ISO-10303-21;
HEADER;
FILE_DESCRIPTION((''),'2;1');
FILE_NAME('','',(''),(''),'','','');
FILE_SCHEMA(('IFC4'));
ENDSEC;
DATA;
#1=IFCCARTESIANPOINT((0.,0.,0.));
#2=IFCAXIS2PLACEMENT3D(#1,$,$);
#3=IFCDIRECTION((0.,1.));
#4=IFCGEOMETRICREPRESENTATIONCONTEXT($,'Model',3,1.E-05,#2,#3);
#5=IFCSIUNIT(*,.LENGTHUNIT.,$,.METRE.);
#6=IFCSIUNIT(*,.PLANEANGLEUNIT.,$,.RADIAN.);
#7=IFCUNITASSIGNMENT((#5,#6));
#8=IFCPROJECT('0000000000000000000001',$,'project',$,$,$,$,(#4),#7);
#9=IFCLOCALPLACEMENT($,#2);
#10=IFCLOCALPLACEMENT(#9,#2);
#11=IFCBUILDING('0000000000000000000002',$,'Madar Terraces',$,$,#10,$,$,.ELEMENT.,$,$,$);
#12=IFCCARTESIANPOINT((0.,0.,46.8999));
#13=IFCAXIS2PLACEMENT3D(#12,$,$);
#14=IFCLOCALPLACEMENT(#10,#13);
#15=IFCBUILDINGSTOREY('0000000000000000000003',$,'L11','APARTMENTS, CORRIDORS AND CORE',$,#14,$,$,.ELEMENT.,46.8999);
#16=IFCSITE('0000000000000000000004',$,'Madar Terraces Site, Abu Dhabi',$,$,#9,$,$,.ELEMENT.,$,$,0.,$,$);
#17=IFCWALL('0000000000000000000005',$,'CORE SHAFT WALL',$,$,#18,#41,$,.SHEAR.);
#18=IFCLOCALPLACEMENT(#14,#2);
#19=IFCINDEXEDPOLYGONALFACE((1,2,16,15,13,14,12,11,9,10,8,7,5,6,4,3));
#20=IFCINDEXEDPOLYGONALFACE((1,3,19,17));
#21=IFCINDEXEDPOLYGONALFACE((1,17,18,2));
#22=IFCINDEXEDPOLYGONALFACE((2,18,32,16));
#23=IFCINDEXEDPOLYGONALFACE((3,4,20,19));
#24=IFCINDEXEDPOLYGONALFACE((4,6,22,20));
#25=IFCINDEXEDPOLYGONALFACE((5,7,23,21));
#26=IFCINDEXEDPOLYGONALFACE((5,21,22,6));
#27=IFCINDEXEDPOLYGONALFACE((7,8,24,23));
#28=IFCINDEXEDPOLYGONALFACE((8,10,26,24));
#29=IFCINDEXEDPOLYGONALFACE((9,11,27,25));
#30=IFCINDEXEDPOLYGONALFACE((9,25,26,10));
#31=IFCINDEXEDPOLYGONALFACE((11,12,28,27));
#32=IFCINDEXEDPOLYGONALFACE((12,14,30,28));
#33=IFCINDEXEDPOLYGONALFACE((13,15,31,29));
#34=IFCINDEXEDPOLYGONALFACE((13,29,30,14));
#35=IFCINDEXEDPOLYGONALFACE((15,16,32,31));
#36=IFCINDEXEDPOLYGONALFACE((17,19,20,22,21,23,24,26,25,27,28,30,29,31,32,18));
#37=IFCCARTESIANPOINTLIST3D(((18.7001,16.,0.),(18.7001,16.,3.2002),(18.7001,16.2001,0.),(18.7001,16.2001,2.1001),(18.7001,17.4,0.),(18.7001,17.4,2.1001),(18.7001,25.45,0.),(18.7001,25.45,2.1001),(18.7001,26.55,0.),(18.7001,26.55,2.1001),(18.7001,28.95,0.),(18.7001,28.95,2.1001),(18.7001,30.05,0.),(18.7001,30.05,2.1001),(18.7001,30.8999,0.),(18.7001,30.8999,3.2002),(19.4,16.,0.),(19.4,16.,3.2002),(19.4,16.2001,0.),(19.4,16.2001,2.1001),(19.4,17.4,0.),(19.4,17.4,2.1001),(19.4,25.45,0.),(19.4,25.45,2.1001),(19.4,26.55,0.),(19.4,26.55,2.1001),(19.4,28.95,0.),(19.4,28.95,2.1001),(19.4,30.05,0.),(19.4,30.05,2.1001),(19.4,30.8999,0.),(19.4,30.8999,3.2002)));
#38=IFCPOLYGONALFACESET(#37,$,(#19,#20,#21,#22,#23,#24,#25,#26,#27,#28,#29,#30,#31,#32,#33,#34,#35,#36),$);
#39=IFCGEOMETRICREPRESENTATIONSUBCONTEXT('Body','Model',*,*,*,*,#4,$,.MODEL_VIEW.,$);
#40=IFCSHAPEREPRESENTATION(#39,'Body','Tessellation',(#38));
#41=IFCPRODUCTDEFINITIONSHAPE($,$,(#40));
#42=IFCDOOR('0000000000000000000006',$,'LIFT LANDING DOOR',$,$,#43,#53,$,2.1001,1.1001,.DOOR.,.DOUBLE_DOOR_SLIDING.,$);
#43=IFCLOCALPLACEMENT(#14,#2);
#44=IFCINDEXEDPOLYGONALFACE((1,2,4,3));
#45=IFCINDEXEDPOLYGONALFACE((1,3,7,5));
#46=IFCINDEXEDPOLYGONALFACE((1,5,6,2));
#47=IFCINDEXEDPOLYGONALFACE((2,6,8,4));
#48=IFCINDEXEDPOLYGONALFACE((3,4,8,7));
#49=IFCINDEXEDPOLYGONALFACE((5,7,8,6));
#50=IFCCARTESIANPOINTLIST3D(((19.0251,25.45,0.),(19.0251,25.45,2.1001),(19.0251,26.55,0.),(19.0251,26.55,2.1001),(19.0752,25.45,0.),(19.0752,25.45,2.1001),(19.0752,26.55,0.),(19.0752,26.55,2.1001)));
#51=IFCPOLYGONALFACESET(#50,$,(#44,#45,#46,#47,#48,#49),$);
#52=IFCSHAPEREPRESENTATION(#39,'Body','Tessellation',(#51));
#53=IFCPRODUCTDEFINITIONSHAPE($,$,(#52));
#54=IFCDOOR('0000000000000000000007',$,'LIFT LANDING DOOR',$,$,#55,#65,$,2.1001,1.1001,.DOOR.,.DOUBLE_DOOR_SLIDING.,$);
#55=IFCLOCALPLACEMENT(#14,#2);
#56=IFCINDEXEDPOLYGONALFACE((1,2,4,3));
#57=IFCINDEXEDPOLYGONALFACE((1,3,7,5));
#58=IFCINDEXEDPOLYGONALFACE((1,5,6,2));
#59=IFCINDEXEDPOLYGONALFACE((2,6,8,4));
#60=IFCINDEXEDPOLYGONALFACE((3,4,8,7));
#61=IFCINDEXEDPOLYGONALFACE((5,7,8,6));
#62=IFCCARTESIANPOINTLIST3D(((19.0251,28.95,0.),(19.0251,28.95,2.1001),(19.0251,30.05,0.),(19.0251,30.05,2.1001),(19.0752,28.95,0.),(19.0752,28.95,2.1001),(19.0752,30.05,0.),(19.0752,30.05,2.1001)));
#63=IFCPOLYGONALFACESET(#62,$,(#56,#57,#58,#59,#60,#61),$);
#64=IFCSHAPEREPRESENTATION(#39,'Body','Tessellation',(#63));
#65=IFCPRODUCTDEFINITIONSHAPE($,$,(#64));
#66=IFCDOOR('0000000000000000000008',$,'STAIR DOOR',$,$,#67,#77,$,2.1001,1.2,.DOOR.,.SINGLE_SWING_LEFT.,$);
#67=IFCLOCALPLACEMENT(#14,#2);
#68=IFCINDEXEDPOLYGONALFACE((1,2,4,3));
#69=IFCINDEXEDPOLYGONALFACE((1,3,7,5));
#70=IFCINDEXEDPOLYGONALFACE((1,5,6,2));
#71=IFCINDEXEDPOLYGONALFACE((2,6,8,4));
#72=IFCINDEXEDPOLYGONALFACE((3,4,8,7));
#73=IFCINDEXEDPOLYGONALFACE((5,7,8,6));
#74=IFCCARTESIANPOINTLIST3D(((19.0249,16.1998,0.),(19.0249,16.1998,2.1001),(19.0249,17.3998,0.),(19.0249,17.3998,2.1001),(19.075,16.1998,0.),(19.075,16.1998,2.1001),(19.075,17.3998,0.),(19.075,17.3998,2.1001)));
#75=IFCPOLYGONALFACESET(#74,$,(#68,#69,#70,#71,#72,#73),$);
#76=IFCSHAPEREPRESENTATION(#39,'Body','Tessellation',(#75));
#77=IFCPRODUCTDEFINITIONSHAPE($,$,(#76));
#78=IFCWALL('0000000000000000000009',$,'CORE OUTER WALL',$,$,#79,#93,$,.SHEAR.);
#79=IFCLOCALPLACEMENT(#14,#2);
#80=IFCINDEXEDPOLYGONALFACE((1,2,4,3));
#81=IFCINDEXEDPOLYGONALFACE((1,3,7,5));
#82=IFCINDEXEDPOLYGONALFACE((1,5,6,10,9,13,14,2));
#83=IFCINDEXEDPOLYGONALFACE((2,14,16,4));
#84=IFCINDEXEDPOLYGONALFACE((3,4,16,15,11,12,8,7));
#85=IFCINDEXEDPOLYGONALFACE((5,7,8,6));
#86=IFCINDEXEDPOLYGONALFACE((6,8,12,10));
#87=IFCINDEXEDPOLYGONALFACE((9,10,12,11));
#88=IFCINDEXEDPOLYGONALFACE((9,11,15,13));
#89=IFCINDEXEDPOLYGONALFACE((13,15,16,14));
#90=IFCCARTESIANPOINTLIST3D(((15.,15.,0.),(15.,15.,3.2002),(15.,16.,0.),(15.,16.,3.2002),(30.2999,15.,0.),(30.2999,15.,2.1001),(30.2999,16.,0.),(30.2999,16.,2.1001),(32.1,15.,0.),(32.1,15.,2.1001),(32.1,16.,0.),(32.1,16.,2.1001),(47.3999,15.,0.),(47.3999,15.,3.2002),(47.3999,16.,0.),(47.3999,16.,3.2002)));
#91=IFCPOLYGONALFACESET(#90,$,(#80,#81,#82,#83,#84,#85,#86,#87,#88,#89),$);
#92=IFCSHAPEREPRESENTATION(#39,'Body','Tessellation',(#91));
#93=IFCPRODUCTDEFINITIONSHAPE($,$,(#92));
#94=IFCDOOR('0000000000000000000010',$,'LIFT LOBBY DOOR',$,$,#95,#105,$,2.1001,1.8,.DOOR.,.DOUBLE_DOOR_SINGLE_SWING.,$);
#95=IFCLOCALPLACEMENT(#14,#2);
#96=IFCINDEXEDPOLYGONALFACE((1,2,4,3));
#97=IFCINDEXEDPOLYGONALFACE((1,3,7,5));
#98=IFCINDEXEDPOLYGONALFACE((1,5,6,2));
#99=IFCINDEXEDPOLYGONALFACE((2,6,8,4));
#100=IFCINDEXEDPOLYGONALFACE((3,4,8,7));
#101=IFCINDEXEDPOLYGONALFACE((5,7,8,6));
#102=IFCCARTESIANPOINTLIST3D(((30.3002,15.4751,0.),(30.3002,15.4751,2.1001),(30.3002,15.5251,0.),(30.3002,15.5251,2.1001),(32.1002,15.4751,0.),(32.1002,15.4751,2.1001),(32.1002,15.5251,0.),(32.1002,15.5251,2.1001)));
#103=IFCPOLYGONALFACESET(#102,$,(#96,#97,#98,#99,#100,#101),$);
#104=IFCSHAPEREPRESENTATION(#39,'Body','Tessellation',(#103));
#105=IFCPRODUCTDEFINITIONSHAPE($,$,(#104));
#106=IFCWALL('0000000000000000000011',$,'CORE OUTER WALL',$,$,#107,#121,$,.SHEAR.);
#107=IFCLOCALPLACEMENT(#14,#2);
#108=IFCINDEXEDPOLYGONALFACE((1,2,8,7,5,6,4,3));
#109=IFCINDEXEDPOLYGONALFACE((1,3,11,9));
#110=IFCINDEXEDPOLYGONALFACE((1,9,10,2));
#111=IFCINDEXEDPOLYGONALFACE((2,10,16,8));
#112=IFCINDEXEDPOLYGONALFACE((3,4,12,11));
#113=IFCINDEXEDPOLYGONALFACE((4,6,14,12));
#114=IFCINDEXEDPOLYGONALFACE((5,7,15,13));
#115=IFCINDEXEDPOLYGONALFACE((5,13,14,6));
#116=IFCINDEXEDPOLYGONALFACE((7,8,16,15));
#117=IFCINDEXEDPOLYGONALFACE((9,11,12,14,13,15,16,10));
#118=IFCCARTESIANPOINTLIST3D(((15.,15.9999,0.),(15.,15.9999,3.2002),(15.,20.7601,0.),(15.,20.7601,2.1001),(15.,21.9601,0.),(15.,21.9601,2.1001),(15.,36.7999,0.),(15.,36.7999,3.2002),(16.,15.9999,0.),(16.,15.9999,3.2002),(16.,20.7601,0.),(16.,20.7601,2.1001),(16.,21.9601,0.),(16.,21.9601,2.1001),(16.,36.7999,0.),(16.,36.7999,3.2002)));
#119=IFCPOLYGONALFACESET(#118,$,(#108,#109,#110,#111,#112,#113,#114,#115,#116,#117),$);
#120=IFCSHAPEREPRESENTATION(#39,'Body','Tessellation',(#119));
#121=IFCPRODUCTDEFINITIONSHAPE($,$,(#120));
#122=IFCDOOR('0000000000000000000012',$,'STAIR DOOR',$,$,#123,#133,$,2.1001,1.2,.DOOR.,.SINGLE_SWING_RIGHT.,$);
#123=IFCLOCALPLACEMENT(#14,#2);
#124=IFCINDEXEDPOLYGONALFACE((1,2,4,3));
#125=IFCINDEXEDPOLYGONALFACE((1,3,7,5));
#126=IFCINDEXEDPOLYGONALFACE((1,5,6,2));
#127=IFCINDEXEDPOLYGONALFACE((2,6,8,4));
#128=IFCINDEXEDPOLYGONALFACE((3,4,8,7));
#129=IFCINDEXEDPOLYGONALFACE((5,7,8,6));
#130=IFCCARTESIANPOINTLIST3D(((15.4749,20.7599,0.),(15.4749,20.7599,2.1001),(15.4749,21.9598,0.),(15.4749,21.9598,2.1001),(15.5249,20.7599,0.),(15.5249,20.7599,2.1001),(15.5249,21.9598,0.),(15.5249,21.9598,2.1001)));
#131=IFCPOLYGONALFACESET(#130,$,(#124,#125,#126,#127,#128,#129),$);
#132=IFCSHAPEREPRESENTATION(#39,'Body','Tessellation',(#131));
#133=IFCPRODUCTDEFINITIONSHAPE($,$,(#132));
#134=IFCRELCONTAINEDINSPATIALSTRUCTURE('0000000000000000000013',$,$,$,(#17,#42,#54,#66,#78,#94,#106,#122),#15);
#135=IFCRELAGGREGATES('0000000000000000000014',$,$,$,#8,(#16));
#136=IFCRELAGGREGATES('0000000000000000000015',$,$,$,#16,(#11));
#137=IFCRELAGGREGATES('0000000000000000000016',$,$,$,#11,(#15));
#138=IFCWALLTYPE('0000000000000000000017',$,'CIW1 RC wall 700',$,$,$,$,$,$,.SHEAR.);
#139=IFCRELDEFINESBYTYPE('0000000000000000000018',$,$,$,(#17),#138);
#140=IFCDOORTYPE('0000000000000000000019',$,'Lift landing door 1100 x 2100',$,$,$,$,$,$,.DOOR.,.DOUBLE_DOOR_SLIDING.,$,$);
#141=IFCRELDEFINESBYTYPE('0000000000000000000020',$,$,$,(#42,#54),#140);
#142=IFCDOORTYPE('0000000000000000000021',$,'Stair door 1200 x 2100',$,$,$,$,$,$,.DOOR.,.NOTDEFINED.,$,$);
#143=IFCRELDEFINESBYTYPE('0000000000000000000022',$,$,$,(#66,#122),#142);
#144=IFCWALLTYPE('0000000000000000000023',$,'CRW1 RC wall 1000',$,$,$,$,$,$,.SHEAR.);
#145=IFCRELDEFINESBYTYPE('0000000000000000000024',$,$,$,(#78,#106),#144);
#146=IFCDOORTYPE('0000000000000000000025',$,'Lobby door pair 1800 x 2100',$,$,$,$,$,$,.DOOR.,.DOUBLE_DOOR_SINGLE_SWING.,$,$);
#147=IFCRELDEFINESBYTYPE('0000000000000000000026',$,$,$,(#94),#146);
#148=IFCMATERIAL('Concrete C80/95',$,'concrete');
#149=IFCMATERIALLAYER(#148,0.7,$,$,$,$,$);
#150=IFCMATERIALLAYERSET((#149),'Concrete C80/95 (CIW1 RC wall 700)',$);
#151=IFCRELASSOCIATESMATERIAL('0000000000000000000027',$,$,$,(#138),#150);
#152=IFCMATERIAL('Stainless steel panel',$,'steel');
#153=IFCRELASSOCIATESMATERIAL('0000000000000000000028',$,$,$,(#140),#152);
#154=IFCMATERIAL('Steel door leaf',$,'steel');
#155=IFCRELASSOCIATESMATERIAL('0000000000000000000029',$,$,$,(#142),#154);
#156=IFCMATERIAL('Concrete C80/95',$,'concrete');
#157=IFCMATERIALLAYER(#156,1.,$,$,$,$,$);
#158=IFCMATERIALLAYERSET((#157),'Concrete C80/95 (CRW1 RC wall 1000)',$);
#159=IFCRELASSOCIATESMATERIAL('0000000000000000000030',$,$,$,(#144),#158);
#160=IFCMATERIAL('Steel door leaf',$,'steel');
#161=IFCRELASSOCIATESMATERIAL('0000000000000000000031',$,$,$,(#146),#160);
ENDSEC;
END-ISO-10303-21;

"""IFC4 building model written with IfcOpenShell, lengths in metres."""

from ifc_helpers import new_model, si_unit, direction, frame, frame_2d, origin, place, context, subcontext, project, spatial, rectangle, extrude, material, layer, layer_set, type_object, element, fill, save


model = new_model("IFC4")

# Units and contexts
model_context = context("Model", 3, precision=1e-05, world=origin(), true_north=direction((0.0, 1.0)))
body_context = subcontext(model_context, "Body", "Model", "MODEL_VIEW")
ifc_project = project(units=[si_unit("LENGTHUNIT", "METRE"), si_unit("PLANEANGLEUNIT", "RADIAN")], contexts=[model_context])

# Site, building, storey
site_placement = place(None, origin())
site = spatial("IfcSite", under=ifc_project, at=site_placement, Name="Madar Terraces Site, Abu Dhabi", CompositionType="ELEMENT", RefElevation=0.0)
building_placement = place(site_placement, origin())
building = spatial("IfcBuilding", under=site, at=building_placement, Name="Madar Terraces", CompositionType="ELEMENT")
storey_placement = place(building_placement, frame((0.0, 0.0, 46.8999)))
storey = spatial("IfcBuildingStorey", under=building, at=storey_placement, Name="L11", Description="APARTMENTS, CORRIDORS AND CORE", CompositionType="ELEMENT", Elevation=46.8999)

# Wall, openings, doors
ifc_material_1 = material(Name="Concrete C80/95", Category="concrete")
ifc_layer_1 = layer(ifc_material_1, 0.7)
ifc_layer_set_1 = layer_set([ifc_layer_1], Name="Concrete C80/95 (CIW1 RC wall 700)")
wall_type_1 = type_object("IfcWallType", Name="CIW1 RC wall 700", PredefinedType="SHEAR", material=ifc_layer_set_1)
wall_1_placement = place(storey_placement, frame((19.05, 16.0, 0.0), z_axis=(0.0, 0.0, 1.0), x_axis=(0.0, 1.0, 0.0)))
wall_1 = element("IfcWall", 1, at=wall_1_placement, inside=storey, type_object=wall_type_1, Name="CORE SHAFT WALL", PredefinedType="SHEAR", context=body_context, shape_type="SweptSolid", body=[
    extrude(rectangle(XDim=14.8999, YDim=0.7, at=frame_2d((7.45, 0.0))), origin(), (0.0, 0.0, 1.0), 3.2002),
])
opening_1_placement = place(wall_1_placement, frame((9.45, 0.0, 0.0)))
opening_1 = element("IfcOpeningElement", 2, at=opening_1_placement, cuts=wall_1, PredefinedType="OPENING", context=body_context, shape_type="SweptSolid", body=[
    extrude(rectangle(XDim=1.1001, YDim=2.1001, at=frame_2d((0.55, 1.05))), frame((0.0, 0.3599, 0.0), z_axis=(0.0, -1.0, 0.0), x_axis=(1.0, 0.0, 0.0)), (0.0, 0.0, 1.0), 0.72),
])
opening_2_placement = place(wall_1_placement, frame((12.95, 0.0, 0.0)))
opening_2 = element("IfcOpeningElement", 3, at=opening_2_placement, cuts=wall_1, PredefinedType="OPENING", context=body_context, shape_type="SweptSolid", body=[
    extrude(rectangle(XDim=1.1001, YDim=2.1001, at=frame_2d((0.55, 1.05))), frame((0.0, 0.3599, 0.0), z_axis=(0.0, -1.0, 0.0), x_axis=(1.0, 0.0, 0.0)), (0.0, 0.0, 1.0), 0.72),
])
opening_3_placement = place(wall_1_placement, frame((0.2, 0.0, 0.0)))
opening_3 = element("IfcOpeningElement", 4, at=opening_3_placement, cuts=wall_1, PredefinedType="OPENING", context=body_context, shape_type="SweptSolid", body=[
    extrude(rectangle(XDim=1.2, YDim=2.1001, at=frame_2d((0.6001, 1.05))), frame((0.0, 0.3599, 0.0), z_axis=(0.0, -1.0, 0.0), x_axis=(1.0, 0.0, 0.0)), (0.0, 0.0, 1.0), 0.72),
])
ifc_material_2 = material(Name="Stainless steel panel", Category="steel")
door_type_1 = type_object("IfcDoorType", Name="Lift landing door 1100 x 2100", OperationType="DOUBLE_DOOR_SLIDING", PredefinedType="DOOR", material=ifc_material_2)
door_1_placement = place(opening_1_placement, origin())
door_1 = element("IfcDoor", 5, at=door_1_placement, inside=storey, type_object=door_type_1, Name="LIFT LANDING DOOR", OperationType="DOUBLE_DOOR_SLIDING", OverallHeight=2.1001, OverallWidth=1.1001, PredefinedType="DOOR", context=body_context, shape_type="SweptSolid", body=[
    extrude(rectangle(XDim=1.1001, YDim=2.1001, at=frame_2d((0.55, 1.05))), frame((0.0, 0.0249, 0.0), z_axis=(0.0, -1.0, 0.0), x_axis=(1.0, 0.0, 0.0)), (0.0, 0.0, 1.0), 0.05),
])
fill(opening_1, door_1)
door_2_placement = place(opening_2_placement, origin())
door_2 = element("IfcDoor", 6, at=door_2_placement, inside=storey, type_object=door_type_1, Name="LIFT LANDING DOOR", OperationType="DOUBLE_DOOR_SLIDING", OverallHeight=2.1001, OverallWidth=1.1001, PredefinedType="DOOR", context=body_context, shape_type="SweptSolid", body=[
    extrude(rectangle(XDim=1.1001, YDim=2.1001, at=frame_2d((0.55, 1.05))), frame((0.0, 0.0249, 0.0), z_axis=(0.0, -1.0, 0.0), x_axis=(1.0, 0.0, 0.0)), (0.0, 0.0, 1.0), 0.05),
])
fill(opening_2, door_2)
ifc_material_3 = material(Name="Steel door leaf", Category="steel")
door_type_2 = type_object("IfcDoorType", Name="Stair door 1200 x 2100", OperationType="NOTDEFINED", PredefinedType="DOOR", material=ifc_material_3)
door_3_placement = place(opening_3_placement, frame((1.2, 0.0, 0.0), z_axis=(0.0, 0.0, 1.0), x_axis=(-1.0, 0.0, 0.0)))
door_3 = element("IfcDoor", 7, at=door_3_placement, inside=storey, type_object=door_type_2, Name="STAIR DOOR", OperationType="SINGLE_SWING_LEFT", OverallHeight=2.1001, OverallWidth=1.2, PredefinedType="DOOR", context=body_context, shape_type="SweptSolid", body=[
    extrude(rectangle(XDim=1.2, YDim=2.1001, at=frame_2d((0.6001, 1.05))), frame((0.0, 0.0249, 0.0), z_axis=(0.0, -1.0, 0.0), x_axis=(1.0, 0.0, 0.0)), (0.0, 0.0, 1.0), 0.05),
])
fill(opening_3, door_3)

# Walls, openings, doors
ifc_material_4 = material(Name="Concrete C80/95", Category="concrete")
ifc_layer_2 = layer(ifc_material_4, 1.0)
ifc_layer_set_2 = layer_set([ifc_layer_2], Name="Concrete C80/95 (CRW1 RC wall 1000)")
wall_type_2 = type_object("IfcWallType", Name="CRW1 RC wall 1000", PredefinedType="SHEAR", material=ifc_layer_set_2)
wall_2_placement = place(storey_placement, frame((15.0, 15.5, 0.0), z_axis=(0.0, 0.0, 1.0), x_axis=(1.0, 0.0, 0.0)))
wall_2 = element("IfcWall", 8, at=wall_2_placement, inside=storey, type_object=wall_type_2, Name="CORE OUTER WALL", PredefinedType="SHEAR", context=body_context, shape_type="SweptSolid", body=[
    extrude(rectangle(XDim=32.3999, YDim=1.0, at=frame_2d((16.2, 0.0))), origin(), (0.0, 0.0, 1.0), 3.2002),
])
opening_4_placement = place(wall_2_placement, frame((15.3, 0.0, 0.0)))
opening_4 = element("IfcOpeningElement", 9, at=opening_4_placement, cuts=wall_2, PredefinedType="OPENING", context=body_context, shape_type="SweptSolid", body=[
    extrude(rectangle(XDim=1.8, YDim=2.1001, at=frame_2d((0.8999, 1.05))), frame((0.0, 0.51, 0.0), z_axis=(0.0, -1.0, 0.0), x_axis=(1.0, 0.0, 0.0)), (0.0, 0.0, 1.0), 1.02),
])
ifc_material_5 = material(Name="Steel door leaf", Category="steel")
door_type_3 = type_object("IfcDoorType", Name="Lobby door pair 1800 x 2100", OperationType="DOUBLE_DOOR_SINGLE_SWING", PredefinedType="DOOR", material=ifc_material_5)
door_4_placement = place(opening_4_placement, frame((1.8, 0.0, 0.0), z_axis=(0.0, 0.0, 1.0), x_axis=(-1.0, 0.0, 0.0)))
door_4 = element("IfcDoor", 10, at=door_4_placement, inside=storey, type_object=door_type_3, Name="LIFT LOBBY DOOR", OperationType="DOUBLE_DOOR_SINGLE_SWING", OverallHeight=2.1001, OverallWidth=1.8, PredefinedType="DOOR", context=body_context, shape_type="SweptSolid", body=[
    extrude(rectangle(XDim=1.8, YDim=2.1001, at=frame_2d((0.8999, 1.05))), frame((0.0, 0.0249, 0.0), z_axis=(0.0, -1.0, 0.0), x_axis=(1.0, 0.0, 0.0)), (0.0, 0.0, 1.0), 0.05),
])
fill(opening_4, door_4)
wall_3_placement = place(storey_placement, frame((15.5, 16.0, 0.0), z_axis=(0.0, 0.0, 1.0), x_axis=(0.0, 1.0, 0.0)))
wall_3 = element("IfcWall", 11, at=wall_3_placement, inside=storey, type_object=wall_type_2, Name="CORE OUTER WALL", PredefinedType="SHEAR", context=body_context, shape_type="SweptSolid", body=[
    extrude(rectangle(XDim=20.8, YDim=1.0, at=frame_2d((10.3999, 0.0))), origin(), (0.0, 0.0, 1.0), 3.2002),
])
opening_5_placement = place(wall_3_placement, frame((4.76, 0.0, 0.0)))
opening_5 = element("IfcOpeningElement", 12, at=opening_5_placement, cuts=wall_3, PredefinedType="OPENING", context=body_context, shape_type="SweptSolid", body=[
    extrude(rectangle(XDim=1.2, YDim=2.1001, at=frame_2d((0.6001, 1.05))), frame((0.0, 0.51, 0.0), z_axis=(0.0, -1.0, 0.0), x_axis=(1.0, 0.0, 0.0)), (0.0, 0.0, 1.0), 1.02),
])
door_5_placement = place(opening_5_placement, frame((1.2, 0.0, 0.0), z_axis=(0.0, 0.0, 1.0), x_axis=(-1.0, 0.0, 0.0)))
door_5 = element("IfcDoor", 13, at=door_5_placement, inside=storey, type_object=door_type_2, Name="STAIR DOOR", OperationType="SINGLE_SWING_RIGHT", OverallHeight=2.1001, OverallWidth=1.2, PredefinedType="DOOR", context=body_context, shape_type="SweptSolid", body=[
    extrude(rectangle(XDim=1.2, YDim=2.1001, at=frame_2d((0.6001, 1.05))), frame((0.0, 0.0249, 0.0), z_axis=(0.0, -1.0, 0.0), x_axis=(1.0, 0.0, 0.0)), (0.0, 0.0, 1.0), 0.05),
])
fill(opening_5, door_5)

save(model, "model.ifc")
